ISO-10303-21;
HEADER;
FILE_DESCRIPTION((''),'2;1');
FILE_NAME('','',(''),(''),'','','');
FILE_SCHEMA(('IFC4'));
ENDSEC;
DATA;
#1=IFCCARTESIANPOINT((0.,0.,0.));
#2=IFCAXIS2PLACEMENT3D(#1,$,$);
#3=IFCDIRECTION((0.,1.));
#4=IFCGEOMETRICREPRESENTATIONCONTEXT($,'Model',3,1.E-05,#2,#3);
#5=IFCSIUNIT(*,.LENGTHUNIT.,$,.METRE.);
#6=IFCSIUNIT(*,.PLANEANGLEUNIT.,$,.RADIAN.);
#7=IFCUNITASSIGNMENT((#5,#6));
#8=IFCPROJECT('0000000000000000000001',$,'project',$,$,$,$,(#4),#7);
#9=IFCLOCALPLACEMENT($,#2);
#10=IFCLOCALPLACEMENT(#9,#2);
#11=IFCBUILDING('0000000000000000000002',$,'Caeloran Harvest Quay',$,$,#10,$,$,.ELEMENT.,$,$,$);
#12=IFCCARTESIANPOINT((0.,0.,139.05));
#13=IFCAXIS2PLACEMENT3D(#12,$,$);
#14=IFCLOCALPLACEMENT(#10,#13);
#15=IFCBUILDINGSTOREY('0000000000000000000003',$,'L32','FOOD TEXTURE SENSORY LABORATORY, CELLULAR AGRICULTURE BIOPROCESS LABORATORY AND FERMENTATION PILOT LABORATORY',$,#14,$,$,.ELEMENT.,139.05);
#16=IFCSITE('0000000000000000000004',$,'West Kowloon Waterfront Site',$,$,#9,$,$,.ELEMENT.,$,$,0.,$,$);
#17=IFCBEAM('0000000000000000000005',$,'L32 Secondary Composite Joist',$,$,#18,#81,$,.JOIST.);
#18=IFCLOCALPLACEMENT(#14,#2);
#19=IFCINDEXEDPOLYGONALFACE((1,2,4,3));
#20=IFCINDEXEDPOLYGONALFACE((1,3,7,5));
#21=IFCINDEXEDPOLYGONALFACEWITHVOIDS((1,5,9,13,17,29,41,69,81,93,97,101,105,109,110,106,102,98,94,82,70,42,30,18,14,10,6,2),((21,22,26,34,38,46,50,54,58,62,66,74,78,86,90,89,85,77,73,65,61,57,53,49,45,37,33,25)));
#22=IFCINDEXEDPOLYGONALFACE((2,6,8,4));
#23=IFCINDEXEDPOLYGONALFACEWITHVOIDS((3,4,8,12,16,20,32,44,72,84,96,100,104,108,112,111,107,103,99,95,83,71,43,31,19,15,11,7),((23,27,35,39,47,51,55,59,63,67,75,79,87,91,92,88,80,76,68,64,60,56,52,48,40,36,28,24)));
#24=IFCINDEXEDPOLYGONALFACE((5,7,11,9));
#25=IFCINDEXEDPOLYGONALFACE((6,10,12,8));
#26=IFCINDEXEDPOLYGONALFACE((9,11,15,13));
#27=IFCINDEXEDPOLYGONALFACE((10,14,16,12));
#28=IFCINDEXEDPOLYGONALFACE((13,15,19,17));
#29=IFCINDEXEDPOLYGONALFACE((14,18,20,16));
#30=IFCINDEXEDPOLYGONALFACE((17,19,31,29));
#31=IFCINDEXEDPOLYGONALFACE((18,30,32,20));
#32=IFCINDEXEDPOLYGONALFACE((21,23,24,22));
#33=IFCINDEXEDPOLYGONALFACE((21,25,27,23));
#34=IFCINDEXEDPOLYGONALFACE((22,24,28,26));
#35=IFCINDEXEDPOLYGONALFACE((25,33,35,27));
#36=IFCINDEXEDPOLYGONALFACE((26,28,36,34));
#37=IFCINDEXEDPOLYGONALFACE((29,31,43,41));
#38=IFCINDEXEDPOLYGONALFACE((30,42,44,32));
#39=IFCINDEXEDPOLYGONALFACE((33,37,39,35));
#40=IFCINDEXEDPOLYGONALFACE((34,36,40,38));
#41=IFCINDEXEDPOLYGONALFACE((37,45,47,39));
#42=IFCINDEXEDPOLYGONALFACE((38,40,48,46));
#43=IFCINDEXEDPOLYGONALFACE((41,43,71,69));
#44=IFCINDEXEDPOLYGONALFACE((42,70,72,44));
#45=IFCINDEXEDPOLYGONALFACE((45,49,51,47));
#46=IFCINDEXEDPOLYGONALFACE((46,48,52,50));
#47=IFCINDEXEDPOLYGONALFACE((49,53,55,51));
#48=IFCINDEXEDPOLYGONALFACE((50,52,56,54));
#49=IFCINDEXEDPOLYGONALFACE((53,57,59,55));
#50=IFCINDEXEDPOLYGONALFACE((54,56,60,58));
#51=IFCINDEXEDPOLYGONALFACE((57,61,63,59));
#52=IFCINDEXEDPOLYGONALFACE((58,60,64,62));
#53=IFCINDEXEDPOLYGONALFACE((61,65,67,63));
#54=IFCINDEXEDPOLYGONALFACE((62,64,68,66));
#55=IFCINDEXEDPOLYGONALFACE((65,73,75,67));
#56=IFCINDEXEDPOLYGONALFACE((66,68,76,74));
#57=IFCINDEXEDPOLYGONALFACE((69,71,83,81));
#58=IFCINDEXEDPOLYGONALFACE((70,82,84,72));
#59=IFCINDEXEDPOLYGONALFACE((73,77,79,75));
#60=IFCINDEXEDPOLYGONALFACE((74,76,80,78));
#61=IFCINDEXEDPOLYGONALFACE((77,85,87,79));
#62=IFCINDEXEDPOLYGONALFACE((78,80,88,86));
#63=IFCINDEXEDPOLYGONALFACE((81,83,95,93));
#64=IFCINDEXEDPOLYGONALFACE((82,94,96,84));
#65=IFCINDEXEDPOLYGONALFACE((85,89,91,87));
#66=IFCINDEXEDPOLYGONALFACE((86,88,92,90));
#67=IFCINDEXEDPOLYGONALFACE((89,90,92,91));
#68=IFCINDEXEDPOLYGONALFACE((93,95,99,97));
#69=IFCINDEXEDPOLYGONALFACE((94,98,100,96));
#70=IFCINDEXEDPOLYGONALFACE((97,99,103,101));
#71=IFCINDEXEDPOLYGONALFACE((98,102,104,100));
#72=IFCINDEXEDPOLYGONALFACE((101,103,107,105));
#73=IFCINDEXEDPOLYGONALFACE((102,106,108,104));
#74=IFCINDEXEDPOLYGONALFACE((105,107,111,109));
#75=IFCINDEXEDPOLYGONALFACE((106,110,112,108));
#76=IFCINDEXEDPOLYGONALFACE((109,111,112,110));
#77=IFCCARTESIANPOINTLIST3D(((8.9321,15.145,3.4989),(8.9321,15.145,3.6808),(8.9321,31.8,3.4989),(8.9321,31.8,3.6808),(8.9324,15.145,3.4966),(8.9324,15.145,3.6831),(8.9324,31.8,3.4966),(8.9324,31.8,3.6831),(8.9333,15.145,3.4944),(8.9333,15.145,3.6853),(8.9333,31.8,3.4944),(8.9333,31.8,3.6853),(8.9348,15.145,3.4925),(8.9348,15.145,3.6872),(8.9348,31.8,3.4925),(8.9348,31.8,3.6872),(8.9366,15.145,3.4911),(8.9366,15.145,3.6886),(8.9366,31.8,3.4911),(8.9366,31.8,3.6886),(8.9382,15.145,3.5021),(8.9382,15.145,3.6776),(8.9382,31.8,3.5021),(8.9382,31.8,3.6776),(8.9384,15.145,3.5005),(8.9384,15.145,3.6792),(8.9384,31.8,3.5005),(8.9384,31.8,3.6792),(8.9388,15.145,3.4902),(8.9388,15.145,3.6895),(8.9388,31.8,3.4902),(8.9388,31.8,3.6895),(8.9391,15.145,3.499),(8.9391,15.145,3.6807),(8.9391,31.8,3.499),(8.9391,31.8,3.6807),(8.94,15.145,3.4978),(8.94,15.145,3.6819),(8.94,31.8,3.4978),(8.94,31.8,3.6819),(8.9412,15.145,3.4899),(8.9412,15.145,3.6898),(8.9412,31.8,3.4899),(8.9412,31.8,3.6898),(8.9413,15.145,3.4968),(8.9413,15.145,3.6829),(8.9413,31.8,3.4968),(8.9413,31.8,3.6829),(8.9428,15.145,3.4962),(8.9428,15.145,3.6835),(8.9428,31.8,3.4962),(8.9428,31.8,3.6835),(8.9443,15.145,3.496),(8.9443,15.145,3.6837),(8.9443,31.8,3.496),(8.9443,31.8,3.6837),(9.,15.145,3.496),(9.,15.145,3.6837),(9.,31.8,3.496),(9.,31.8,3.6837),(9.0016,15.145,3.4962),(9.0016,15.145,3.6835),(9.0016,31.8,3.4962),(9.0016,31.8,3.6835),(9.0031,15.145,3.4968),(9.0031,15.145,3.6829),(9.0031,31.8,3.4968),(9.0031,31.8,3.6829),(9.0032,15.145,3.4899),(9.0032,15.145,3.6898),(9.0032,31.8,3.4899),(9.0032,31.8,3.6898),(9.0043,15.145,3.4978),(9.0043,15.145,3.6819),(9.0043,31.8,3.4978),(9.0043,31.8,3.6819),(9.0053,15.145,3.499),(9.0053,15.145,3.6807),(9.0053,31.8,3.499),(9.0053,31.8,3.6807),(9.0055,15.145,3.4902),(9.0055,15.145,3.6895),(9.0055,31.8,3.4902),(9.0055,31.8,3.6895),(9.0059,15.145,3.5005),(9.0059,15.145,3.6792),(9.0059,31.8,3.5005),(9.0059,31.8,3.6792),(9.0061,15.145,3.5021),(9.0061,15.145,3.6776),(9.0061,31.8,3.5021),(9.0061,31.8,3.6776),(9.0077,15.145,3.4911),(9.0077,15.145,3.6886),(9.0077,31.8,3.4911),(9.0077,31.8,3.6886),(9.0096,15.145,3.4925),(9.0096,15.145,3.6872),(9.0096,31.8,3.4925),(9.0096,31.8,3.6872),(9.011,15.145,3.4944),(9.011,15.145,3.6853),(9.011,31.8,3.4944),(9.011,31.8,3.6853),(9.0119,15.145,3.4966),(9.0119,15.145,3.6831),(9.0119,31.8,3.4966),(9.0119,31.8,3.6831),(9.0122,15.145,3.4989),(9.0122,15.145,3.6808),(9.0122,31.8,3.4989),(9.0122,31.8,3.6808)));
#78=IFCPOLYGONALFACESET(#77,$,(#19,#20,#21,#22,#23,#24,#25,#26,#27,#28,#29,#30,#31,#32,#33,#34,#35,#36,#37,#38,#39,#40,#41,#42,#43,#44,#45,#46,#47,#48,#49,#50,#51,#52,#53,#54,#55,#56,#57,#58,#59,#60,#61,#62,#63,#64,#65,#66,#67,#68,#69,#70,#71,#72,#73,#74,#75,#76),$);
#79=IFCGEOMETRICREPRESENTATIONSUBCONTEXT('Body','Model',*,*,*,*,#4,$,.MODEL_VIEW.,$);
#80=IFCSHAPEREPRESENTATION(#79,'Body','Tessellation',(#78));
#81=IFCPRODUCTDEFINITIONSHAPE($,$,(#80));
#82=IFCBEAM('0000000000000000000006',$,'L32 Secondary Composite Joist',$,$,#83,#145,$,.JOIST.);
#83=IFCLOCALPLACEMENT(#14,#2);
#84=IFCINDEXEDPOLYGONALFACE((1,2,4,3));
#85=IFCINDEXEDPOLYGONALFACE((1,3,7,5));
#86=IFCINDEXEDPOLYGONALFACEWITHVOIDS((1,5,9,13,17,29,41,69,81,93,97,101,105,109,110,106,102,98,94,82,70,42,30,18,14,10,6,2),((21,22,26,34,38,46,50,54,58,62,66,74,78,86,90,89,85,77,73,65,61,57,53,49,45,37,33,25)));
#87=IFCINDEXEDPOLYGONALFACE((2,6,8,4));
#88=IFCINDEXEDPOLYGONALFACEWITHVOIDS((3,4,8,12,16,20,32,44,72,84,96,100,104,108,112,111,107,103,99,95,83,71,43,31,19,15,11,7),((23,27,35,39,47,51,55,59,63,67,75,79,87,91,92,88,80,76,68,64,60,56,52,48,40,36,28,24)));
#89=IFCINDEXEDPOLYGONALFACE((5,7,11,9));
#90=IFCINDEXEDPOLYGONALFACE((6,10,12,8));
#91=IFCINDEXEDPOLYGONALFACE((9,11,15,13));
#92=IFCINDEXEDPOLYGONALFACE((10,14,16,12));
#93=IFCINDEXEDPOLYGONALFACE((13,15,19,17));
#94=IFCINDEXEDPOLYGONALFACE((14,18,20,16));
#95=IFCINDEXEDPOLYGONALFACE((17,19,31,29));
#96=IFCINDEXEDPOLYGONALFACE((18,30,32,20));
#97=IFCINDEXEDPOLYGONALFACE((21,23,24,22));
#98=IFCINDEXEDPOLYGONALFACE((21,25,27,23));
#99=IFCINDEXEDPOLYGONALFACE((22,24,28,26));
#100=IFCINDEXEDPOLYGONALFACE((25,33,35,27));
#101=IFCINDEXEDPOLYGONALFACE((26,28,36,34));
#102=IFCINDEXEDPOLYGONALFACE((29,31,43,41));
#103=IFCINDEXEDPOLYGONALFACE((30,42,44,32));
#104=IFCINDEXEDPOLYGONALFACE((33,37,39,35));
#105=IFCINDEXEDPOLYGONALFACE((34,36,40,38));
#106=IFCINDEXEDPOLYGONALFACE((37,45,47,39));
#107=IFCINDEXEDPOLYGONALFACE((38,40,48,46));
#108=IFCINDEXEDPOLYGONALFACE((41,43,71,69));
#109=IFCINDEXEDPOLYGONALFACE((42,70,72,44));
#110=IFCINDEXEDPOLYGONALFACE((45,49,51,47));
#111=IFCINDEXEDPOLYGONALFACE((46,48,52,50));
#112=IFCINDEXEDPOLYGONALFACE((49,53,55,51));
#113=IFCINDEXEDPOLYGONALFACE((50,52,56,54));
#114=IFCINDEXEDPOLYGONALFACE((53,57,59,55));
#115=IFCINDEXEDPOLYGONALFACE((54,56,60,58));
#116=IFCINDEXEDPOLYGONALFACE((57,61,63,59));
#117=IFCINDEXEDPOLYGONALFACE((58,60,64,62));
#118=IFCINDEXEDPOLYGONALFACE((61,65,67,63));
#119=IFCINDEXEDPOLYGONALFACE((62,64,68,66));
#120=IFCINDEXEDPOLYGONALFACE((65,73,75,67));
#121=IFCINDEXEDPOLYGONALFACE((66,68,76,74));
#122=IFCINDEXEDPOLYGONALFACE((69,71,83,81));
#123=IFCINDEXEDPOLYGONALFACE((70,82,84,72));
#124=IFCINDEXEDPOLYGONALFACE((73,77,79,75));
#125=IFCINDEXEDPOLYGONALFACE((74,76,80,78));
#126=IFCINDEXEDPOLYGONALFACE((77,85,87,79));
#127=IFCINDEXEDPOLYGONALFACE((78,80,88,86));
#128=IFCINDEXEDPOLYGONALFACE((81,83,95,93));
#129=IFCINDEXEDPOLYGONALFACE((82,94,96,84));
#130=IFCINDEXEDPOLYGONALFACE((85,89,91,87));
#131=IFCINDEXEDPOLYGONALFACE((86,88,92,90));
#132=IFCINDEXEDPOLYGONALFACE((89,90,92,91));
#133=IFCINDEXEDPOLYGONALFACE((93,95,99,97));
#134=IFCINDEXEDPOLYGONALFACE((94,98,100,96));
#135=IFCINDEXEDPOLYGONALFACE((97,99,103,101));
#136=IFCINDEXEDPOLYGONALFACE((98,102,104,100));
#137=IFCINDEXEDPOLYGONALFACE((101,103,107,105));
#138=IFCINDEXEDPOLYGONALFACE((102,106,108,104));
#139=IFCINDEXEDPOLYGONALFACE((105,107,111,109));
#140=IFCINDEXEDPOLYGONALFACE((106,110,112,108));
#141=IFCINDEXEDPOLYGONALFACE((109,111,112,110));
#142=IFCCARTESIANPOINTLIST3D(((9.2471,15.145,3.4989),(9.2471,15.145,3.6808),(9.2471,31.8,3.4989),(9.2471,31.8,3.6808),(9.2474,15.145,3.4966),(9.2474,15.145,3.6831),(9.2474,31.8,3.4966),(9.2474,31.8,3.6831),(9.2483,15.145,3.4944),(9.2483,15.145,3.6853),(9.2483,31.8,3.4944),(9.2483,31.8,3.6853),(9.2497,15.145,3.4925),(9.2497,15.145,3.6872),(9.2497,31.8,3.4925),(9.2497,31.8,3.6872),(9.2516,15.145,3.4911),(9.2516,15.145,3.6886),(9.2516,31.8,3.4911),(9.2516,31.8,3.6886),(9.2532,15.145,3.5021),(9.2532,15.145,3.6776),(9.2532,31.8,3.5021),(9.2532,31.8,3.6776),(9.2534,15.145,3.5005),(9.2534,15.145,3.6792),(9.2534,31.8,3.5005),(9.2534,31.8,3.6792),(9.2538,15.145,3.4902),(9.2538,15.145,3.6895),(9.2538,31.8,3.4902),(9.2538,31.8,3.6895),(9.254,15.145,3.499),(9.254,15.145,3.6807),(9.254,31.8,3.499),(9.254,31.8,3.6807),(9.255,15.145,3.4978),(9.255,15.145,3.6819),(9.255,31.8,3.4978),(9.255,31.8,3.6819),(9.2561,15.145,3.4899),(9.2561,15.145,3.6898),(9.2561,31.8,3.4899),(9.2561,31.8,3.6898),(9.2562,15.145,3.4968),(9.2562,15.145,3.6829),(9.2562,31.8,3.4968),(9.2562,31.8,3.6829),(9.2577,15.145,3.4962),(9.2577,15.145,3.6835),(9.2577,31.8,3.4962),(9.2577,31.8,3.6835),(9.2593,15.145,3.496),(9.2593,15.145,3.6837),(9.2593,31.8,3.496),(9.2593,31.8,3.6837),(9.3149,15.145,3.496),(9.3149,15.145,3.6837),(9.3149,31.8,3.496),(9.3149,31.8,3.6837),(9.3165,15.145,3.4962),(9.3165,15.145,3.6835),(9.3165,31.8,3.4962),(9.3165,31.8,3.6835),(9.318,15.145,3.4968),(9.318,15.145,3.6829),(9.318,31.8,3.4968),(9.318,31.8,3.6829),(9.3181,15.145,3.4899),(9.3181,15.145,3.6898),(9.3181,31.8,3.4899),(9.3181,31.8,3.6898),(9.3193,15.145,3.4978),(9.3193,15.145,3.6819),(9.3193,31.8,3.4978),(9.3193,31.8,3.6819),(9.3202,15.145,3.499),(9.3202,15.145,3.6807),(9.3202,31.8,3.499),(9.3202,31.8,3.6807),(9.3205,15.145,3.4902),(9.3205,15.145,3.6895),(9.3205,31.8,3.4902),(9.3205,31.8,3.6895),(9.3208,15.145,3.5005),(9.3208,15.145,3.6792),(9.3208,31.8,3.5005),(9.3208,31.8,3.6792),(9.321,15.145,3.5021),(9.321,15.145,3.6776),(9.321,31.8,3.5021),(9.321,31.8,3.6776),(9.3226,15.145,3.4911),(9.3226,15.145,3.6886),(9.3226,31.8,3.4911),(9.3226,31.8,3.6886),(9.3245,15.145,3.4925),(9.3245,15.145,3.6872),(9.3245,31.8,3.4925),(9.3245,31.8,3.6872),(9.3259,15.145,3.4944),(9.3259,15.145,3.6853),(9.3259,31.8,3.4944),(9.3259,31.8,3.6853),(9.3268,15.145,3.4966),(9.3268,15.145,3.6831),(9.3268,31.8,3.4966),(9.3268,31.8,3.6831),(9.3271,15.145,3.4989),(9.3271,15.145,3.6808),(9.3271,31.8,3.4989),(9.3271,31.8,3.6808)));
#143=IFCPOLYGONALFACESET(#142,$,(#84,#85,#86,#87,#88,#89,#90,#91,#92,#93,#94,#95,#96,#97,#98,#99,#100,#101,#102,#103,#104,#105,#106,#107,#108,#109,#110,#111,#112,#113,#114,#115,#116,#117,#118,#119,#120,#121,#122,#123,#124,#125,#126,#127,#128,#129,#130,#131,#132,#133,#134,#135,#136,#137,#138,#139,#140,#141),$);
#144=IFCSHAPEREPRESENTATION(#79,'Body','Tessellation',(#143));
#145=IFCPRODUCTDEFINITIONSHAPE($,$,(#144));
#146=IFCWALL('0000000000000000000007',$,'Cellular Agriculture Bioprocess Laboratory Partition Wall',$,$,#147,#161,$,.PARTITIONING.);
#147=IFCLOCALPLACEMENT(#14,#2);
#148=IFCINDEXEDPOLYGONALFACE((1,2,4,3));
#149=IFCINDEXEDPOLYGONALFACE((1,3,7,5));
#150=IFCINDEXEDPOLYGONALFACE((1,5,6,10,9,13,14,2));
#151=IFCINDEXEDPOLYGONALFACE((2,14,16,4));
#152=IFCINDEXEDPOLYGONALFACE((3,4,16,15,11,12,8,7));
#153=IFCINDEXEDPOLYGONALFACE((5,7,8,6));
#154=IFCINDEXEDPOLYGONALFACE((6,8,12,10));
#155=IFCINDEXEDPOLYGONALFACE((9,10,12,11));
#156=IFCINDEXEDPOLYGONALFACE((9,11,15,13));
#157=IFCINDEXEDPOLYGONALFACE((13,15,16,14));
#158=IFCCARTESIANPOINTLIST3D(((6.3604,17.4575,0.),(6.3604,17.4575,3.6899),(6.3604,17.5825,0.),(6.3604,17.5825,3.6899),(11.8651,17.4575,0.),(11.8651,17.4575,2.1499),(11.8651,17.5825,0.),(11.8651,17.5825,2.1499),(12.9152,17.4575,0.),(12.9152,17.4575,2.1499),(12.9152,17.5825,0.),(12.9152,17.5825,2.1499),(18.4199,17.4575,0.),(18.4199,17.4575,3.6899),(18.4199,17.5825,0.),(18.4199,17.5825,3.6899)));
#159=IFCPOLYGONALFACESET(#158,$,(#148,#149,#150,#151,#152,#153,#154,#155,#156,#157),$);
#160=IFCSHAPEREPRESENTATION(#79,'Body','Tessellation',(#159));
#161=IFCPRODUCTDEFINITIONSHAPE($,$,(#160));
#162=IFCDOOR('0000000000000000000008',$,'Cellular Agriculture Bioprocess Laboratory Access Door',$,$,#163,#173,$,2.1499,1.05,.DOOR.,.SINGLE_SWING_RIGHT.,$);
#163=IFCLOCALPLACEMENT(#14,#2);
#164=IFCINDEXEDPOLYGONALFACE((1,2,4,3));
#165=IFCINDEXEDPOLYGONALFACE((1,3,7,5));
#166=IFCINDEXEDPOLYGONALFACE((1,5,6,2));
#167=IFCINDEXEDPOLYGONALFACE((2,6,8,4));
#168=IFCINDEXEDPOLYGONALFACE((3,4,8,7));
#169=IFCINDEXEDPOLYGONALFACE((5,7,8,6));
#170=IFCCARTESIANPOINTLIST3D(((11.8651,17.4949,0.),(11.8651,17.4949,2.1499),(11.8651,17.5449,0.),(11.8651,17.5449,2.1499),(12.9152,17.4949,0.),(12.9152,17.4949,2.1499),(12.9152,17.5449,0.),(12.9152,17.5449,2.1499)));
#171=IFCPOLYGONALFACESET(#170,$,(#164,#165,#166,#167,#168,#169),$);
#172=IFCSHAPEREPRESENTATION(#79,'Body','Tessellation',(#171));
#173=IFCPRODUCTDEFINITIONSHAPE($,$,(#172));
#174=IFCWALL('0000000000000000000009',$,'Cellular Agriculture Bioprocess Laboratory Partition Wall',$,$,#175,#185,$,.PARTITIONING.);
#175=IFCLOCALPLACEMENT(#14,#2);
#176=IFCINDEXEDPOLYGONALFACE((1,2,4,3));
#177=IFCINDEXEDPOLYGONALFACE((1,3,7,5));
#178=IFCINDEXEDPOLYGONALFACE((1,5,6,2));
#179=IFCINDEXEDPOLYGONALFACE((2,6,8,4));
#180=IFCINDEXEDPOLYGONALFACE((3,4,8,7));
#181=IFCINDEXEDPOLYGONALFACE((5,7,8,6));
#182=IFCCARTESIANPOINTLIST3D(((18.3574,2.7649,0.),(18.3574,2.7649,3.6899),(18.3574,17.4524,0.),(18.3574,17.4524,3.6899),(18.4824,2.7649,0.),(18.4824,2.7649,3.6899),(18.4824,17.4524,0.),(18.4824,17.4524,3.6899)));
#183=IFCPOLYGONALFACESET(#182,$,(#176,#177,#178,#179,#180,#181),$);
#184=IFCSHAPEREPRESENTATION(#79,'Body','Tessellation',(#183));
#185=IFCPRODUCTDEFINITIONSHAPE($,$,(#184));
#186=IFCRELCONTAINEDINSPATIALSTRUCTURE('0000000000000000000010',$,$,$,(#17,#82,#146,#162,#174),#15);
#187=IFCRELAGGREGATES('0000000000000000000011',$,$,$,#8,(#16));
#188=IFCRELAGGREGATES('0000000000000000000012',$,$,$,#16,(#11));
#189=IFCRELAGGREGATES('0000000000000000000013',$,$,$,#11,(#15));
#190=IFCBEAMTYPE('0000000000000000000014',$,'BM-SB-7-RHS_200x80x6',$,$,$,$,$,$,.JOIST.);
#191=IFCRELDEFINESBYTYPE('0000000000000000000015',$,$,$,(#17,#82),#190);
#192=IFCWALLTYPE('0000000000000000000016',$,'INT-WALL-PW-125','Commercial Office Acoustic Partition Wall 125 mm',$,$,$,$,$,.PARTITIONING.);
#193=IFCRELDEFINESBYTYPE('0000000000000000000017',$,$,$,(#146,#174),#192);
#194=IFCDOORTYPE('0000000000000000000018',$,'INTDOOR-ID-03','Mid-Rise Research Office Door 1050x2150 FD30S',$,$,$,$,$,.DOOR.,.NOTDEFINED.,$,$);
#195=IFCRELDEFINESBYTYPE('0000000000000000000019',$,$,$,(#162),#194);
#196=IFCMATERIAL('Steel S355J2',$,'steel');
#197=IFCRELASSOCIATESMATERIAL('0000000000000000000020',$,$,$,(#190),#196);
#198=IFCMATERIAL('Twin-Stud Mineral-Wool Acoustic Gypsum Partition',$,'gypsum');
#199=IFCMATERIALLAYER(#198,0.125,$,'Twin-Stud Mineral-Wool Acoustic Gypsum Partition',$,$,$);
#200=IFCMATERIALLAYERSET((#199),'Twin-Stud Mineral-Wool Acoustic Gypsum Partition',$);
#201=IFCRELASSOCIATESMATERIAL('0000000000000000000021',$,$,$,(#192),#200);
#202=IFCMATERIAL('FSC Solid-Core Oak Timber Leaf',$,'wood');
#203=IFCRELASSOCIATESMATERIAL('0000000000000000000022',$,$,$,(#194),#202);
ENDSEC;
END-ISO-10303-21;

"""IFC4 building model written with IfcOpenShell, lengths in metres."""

from ifc_helpers import new_model, si_unit, direction, frame, frame_2d, origin, origin_2d, place, context, subcontext, project, spatial, rectangle, hollow_rectangle, extrude, material, layer, layer_set, material_profile, profile_set, type_object, element, fill, save


model = new_model("IFC4")

# Units and contexts
model_context = context("Model", 3, precision=1e-05, world=origin(), true_north=direction((0.0, 1.0)))
body_context = subcontext(model_context, "Body", "Model", "MODEL_VIEW")
ifc_project = project(units=[si_unit("LENGTHUNIT", "METRE"), si_unit("PLANEANGLEUNIT", "RADIAN")], contexts=[model_context])

# Site, building, storey
site_placement = place(None, origin())
site = spatial("IfcSite", under=ifc_project, at=site_placement, Name="West Kowloon Waterfront Site", CompositionType="ELEMENT", RefElevation=0.0)
building_placement = place(site_placement, origin())
building = spatial("IfcBuilding", under=site, at=building_placement, Name="Caeloran Harvest Quay", CompositionType="ELEMENT")
storey_placement = place(building_placement, frame((0.0, 0.0, 139.05)))
storey = spatial("IfcBuildingStorey", under=building, at=storey_placement, Name="L32", Description="FOOD TEXTURE SENSORY LABORATORY, CELLULAR AGRICULTURE BIOPROCESS LABORATORY AND FERMENTATION PILOT LABORATORY", CompositionType="ELEMENT", Elevation=139.05)

# Beams
ifc_material_1 = material(Name="Steel S355J2", Category="steel")
ifc_material_profile_1 = material_profile(ifc_material_1, hollow_rectangle(XDim=0.0801, YDim=0.2, WallThickness=0.0061, InnerFilletRadius=0.0061, OuterFilletRadius=0.009, at=origin_2d()), Name="RHS 200x80x6")
ifc_profile_set_1 = profile_set([ifc_material_profile_1], Name="Steel S355J2")
beam_type_1 = type_object("IfcBeamType", Name="BM-SB-7-RHS_200x80x6", PredefinedType="JOIST", material=ifc_profile_set_1)
for number, where, z_axis, x_axis, name in (
    (1, (8.9722, 15.145, 3.5898), (0.0, 1.0, 0.0), (-1.0, 0.0, 0.0), "L32 Secondary Composite Joist"),
    (2, (9.2871, 15.145, 3.5898), (0.0, 1.0, 0.0), (-1.0, 0.0, 0.0), "L32 Secondary Composite Joist"),
):
    element("IfcBeam", number, at=place(storey_placement, frame(where, z_axis=z_axis, x_axis=x_axis)), inside=storey, type_object=beam_type_1, Name=name, PredefinedType="JOIST", context=body_context, shape_type="SweptSolid", body=[
        extrude(hollow_rectangle(XDim=0.0801, YDim=0.2, WallThickness=0.0061, InnerFilletRadius=0.0061, OuterFilletRadius=0.009, at=origin_2d()), origin(), (0.0, 0.0, 1.0), 16.655),
    ])

# Wall, opening, door
ifc_material_2 = material(Name="Twin-Stud Mineral-Wool Acoustic Gypsum Partition", Category="gypsum")
ifc_layer_1 = layer(ifc_material_2, 0.125, Name="Twin-Stud Mineral-Wool Acoustic Gypsum Partition")
ifc_layer_set_1 = layer_set([ifc_layer_1], Name="Twin-Stud Mineral-Wool Acoustic Gypsum Partition")
wall_type = type_object("IfcWallType", Name="INT-WALL-PW-125", Description="Commercial Office Acoustic Partition Wall 125 mm", PredefinedType="PARTITIONING", material=ifc_layer_set_1)
wall_1_placement = place(storey_placement, frame((6.3604, 17.52, 0.0), z_axis=(0.0, 0.0, 1.0), x_axis=(1.0, 0.0, 0.0)))
wall_1 = element("IfcWall", 3, at=wall_1_placement, inside=storey, type_object=wall_type, Name="Cellular Agriculture Bioprocess Laboratory Partition Wall", PredefinedType="PARTITIONING", context=body_context, shape_type="SweptSolid", body=[
    extrude(rectangle(XDim=12.0596, YDim=0.125, at=frame_2d((6.0298, 0.0))), origin(), (0.0, 0.0, 1.0), 3.6899),
])
opening_1_placement = place(wall_1_placement, frame((5.5049, 0.0, 0.0)))
opening_1 = element("IfcOpeningElement", 4, at=opening_1_placement, cuts=wall_1, PredefinedType="OPENING", context=body_context, shape_type="SweptSolid", body=[
    extrude(rectangle(XDim=1.05, YDim=2.1499, at=frame_2d((0.5249, 1.075))), frame((0.0, 0.0725, 0.0), z_axis=(0.0, -1.0, 0.0), x_axis=(1.0, 0.0, 0.0)), (0.0, 0.0, 1.0), 0.145),
])
ifc_material_3 = material(Name="FSC Solid-Core Oak Timber Leaf", Category="wood")
door_type = type_object("IfcDoorType", Name="INTDOOR-ID-03", Description="Mid-Rise Research Office Door 1050x2150 FD30S", OperationType="NOTDEFINED", PredefinedType="DOOR", material=ifc_material_3)
door_1_placement = place(opening_1_placement, origin())
door_1 = element("IfcDoor", 5, at=door_1_placement, inside=storey, type_object=door_type, Name="Cellular Agriculture Bioprocess Laboratory Access Door", OperationType="SINGLE_SWING_RIGHT", OverallHeight=2.1499, OverallWidth=1.05, PredefinedType="DOOR", context=body_context, shape_type="SweptSolid", body=[
    extrude(rectangle(XDim=1.05, YDim=2.1499, at=frame_2d((0.5249, 1.075))), frame((0.0, 0.0249, 0.0), z_axis=(0.0, -1.0, 0.0), x_axis=(1.0, 0.0, 0.0)), (0.0, 0.0, 1.0), 0.05),
])
fill(opening_1, door_1)

# Wall
wall_2_placement = place(storey_placement, frame((18.4199, 17.4524, 0.0), z_axis=(0.0, 0.0, 1.0), x_axis=(0.0, -1.0, 0.0)))
element("IfcWall", 6, at=wall_2_placement, inside=storey, type_object=wall_type, Name="Cellular Agriculture Bioprocess Laboratory Partition Wall", PredefinedType="PARTITIONING", context=body_context, shape_type="SweptSolid", body=[
    extrude(rectangle(XDim=14.6875, YDim=0.125, at=frame_2d((7.3438, 0.0))), origin(), (0.0, 0.0, 1.0), 3.6899),
])

save(model, "model.ifc")
